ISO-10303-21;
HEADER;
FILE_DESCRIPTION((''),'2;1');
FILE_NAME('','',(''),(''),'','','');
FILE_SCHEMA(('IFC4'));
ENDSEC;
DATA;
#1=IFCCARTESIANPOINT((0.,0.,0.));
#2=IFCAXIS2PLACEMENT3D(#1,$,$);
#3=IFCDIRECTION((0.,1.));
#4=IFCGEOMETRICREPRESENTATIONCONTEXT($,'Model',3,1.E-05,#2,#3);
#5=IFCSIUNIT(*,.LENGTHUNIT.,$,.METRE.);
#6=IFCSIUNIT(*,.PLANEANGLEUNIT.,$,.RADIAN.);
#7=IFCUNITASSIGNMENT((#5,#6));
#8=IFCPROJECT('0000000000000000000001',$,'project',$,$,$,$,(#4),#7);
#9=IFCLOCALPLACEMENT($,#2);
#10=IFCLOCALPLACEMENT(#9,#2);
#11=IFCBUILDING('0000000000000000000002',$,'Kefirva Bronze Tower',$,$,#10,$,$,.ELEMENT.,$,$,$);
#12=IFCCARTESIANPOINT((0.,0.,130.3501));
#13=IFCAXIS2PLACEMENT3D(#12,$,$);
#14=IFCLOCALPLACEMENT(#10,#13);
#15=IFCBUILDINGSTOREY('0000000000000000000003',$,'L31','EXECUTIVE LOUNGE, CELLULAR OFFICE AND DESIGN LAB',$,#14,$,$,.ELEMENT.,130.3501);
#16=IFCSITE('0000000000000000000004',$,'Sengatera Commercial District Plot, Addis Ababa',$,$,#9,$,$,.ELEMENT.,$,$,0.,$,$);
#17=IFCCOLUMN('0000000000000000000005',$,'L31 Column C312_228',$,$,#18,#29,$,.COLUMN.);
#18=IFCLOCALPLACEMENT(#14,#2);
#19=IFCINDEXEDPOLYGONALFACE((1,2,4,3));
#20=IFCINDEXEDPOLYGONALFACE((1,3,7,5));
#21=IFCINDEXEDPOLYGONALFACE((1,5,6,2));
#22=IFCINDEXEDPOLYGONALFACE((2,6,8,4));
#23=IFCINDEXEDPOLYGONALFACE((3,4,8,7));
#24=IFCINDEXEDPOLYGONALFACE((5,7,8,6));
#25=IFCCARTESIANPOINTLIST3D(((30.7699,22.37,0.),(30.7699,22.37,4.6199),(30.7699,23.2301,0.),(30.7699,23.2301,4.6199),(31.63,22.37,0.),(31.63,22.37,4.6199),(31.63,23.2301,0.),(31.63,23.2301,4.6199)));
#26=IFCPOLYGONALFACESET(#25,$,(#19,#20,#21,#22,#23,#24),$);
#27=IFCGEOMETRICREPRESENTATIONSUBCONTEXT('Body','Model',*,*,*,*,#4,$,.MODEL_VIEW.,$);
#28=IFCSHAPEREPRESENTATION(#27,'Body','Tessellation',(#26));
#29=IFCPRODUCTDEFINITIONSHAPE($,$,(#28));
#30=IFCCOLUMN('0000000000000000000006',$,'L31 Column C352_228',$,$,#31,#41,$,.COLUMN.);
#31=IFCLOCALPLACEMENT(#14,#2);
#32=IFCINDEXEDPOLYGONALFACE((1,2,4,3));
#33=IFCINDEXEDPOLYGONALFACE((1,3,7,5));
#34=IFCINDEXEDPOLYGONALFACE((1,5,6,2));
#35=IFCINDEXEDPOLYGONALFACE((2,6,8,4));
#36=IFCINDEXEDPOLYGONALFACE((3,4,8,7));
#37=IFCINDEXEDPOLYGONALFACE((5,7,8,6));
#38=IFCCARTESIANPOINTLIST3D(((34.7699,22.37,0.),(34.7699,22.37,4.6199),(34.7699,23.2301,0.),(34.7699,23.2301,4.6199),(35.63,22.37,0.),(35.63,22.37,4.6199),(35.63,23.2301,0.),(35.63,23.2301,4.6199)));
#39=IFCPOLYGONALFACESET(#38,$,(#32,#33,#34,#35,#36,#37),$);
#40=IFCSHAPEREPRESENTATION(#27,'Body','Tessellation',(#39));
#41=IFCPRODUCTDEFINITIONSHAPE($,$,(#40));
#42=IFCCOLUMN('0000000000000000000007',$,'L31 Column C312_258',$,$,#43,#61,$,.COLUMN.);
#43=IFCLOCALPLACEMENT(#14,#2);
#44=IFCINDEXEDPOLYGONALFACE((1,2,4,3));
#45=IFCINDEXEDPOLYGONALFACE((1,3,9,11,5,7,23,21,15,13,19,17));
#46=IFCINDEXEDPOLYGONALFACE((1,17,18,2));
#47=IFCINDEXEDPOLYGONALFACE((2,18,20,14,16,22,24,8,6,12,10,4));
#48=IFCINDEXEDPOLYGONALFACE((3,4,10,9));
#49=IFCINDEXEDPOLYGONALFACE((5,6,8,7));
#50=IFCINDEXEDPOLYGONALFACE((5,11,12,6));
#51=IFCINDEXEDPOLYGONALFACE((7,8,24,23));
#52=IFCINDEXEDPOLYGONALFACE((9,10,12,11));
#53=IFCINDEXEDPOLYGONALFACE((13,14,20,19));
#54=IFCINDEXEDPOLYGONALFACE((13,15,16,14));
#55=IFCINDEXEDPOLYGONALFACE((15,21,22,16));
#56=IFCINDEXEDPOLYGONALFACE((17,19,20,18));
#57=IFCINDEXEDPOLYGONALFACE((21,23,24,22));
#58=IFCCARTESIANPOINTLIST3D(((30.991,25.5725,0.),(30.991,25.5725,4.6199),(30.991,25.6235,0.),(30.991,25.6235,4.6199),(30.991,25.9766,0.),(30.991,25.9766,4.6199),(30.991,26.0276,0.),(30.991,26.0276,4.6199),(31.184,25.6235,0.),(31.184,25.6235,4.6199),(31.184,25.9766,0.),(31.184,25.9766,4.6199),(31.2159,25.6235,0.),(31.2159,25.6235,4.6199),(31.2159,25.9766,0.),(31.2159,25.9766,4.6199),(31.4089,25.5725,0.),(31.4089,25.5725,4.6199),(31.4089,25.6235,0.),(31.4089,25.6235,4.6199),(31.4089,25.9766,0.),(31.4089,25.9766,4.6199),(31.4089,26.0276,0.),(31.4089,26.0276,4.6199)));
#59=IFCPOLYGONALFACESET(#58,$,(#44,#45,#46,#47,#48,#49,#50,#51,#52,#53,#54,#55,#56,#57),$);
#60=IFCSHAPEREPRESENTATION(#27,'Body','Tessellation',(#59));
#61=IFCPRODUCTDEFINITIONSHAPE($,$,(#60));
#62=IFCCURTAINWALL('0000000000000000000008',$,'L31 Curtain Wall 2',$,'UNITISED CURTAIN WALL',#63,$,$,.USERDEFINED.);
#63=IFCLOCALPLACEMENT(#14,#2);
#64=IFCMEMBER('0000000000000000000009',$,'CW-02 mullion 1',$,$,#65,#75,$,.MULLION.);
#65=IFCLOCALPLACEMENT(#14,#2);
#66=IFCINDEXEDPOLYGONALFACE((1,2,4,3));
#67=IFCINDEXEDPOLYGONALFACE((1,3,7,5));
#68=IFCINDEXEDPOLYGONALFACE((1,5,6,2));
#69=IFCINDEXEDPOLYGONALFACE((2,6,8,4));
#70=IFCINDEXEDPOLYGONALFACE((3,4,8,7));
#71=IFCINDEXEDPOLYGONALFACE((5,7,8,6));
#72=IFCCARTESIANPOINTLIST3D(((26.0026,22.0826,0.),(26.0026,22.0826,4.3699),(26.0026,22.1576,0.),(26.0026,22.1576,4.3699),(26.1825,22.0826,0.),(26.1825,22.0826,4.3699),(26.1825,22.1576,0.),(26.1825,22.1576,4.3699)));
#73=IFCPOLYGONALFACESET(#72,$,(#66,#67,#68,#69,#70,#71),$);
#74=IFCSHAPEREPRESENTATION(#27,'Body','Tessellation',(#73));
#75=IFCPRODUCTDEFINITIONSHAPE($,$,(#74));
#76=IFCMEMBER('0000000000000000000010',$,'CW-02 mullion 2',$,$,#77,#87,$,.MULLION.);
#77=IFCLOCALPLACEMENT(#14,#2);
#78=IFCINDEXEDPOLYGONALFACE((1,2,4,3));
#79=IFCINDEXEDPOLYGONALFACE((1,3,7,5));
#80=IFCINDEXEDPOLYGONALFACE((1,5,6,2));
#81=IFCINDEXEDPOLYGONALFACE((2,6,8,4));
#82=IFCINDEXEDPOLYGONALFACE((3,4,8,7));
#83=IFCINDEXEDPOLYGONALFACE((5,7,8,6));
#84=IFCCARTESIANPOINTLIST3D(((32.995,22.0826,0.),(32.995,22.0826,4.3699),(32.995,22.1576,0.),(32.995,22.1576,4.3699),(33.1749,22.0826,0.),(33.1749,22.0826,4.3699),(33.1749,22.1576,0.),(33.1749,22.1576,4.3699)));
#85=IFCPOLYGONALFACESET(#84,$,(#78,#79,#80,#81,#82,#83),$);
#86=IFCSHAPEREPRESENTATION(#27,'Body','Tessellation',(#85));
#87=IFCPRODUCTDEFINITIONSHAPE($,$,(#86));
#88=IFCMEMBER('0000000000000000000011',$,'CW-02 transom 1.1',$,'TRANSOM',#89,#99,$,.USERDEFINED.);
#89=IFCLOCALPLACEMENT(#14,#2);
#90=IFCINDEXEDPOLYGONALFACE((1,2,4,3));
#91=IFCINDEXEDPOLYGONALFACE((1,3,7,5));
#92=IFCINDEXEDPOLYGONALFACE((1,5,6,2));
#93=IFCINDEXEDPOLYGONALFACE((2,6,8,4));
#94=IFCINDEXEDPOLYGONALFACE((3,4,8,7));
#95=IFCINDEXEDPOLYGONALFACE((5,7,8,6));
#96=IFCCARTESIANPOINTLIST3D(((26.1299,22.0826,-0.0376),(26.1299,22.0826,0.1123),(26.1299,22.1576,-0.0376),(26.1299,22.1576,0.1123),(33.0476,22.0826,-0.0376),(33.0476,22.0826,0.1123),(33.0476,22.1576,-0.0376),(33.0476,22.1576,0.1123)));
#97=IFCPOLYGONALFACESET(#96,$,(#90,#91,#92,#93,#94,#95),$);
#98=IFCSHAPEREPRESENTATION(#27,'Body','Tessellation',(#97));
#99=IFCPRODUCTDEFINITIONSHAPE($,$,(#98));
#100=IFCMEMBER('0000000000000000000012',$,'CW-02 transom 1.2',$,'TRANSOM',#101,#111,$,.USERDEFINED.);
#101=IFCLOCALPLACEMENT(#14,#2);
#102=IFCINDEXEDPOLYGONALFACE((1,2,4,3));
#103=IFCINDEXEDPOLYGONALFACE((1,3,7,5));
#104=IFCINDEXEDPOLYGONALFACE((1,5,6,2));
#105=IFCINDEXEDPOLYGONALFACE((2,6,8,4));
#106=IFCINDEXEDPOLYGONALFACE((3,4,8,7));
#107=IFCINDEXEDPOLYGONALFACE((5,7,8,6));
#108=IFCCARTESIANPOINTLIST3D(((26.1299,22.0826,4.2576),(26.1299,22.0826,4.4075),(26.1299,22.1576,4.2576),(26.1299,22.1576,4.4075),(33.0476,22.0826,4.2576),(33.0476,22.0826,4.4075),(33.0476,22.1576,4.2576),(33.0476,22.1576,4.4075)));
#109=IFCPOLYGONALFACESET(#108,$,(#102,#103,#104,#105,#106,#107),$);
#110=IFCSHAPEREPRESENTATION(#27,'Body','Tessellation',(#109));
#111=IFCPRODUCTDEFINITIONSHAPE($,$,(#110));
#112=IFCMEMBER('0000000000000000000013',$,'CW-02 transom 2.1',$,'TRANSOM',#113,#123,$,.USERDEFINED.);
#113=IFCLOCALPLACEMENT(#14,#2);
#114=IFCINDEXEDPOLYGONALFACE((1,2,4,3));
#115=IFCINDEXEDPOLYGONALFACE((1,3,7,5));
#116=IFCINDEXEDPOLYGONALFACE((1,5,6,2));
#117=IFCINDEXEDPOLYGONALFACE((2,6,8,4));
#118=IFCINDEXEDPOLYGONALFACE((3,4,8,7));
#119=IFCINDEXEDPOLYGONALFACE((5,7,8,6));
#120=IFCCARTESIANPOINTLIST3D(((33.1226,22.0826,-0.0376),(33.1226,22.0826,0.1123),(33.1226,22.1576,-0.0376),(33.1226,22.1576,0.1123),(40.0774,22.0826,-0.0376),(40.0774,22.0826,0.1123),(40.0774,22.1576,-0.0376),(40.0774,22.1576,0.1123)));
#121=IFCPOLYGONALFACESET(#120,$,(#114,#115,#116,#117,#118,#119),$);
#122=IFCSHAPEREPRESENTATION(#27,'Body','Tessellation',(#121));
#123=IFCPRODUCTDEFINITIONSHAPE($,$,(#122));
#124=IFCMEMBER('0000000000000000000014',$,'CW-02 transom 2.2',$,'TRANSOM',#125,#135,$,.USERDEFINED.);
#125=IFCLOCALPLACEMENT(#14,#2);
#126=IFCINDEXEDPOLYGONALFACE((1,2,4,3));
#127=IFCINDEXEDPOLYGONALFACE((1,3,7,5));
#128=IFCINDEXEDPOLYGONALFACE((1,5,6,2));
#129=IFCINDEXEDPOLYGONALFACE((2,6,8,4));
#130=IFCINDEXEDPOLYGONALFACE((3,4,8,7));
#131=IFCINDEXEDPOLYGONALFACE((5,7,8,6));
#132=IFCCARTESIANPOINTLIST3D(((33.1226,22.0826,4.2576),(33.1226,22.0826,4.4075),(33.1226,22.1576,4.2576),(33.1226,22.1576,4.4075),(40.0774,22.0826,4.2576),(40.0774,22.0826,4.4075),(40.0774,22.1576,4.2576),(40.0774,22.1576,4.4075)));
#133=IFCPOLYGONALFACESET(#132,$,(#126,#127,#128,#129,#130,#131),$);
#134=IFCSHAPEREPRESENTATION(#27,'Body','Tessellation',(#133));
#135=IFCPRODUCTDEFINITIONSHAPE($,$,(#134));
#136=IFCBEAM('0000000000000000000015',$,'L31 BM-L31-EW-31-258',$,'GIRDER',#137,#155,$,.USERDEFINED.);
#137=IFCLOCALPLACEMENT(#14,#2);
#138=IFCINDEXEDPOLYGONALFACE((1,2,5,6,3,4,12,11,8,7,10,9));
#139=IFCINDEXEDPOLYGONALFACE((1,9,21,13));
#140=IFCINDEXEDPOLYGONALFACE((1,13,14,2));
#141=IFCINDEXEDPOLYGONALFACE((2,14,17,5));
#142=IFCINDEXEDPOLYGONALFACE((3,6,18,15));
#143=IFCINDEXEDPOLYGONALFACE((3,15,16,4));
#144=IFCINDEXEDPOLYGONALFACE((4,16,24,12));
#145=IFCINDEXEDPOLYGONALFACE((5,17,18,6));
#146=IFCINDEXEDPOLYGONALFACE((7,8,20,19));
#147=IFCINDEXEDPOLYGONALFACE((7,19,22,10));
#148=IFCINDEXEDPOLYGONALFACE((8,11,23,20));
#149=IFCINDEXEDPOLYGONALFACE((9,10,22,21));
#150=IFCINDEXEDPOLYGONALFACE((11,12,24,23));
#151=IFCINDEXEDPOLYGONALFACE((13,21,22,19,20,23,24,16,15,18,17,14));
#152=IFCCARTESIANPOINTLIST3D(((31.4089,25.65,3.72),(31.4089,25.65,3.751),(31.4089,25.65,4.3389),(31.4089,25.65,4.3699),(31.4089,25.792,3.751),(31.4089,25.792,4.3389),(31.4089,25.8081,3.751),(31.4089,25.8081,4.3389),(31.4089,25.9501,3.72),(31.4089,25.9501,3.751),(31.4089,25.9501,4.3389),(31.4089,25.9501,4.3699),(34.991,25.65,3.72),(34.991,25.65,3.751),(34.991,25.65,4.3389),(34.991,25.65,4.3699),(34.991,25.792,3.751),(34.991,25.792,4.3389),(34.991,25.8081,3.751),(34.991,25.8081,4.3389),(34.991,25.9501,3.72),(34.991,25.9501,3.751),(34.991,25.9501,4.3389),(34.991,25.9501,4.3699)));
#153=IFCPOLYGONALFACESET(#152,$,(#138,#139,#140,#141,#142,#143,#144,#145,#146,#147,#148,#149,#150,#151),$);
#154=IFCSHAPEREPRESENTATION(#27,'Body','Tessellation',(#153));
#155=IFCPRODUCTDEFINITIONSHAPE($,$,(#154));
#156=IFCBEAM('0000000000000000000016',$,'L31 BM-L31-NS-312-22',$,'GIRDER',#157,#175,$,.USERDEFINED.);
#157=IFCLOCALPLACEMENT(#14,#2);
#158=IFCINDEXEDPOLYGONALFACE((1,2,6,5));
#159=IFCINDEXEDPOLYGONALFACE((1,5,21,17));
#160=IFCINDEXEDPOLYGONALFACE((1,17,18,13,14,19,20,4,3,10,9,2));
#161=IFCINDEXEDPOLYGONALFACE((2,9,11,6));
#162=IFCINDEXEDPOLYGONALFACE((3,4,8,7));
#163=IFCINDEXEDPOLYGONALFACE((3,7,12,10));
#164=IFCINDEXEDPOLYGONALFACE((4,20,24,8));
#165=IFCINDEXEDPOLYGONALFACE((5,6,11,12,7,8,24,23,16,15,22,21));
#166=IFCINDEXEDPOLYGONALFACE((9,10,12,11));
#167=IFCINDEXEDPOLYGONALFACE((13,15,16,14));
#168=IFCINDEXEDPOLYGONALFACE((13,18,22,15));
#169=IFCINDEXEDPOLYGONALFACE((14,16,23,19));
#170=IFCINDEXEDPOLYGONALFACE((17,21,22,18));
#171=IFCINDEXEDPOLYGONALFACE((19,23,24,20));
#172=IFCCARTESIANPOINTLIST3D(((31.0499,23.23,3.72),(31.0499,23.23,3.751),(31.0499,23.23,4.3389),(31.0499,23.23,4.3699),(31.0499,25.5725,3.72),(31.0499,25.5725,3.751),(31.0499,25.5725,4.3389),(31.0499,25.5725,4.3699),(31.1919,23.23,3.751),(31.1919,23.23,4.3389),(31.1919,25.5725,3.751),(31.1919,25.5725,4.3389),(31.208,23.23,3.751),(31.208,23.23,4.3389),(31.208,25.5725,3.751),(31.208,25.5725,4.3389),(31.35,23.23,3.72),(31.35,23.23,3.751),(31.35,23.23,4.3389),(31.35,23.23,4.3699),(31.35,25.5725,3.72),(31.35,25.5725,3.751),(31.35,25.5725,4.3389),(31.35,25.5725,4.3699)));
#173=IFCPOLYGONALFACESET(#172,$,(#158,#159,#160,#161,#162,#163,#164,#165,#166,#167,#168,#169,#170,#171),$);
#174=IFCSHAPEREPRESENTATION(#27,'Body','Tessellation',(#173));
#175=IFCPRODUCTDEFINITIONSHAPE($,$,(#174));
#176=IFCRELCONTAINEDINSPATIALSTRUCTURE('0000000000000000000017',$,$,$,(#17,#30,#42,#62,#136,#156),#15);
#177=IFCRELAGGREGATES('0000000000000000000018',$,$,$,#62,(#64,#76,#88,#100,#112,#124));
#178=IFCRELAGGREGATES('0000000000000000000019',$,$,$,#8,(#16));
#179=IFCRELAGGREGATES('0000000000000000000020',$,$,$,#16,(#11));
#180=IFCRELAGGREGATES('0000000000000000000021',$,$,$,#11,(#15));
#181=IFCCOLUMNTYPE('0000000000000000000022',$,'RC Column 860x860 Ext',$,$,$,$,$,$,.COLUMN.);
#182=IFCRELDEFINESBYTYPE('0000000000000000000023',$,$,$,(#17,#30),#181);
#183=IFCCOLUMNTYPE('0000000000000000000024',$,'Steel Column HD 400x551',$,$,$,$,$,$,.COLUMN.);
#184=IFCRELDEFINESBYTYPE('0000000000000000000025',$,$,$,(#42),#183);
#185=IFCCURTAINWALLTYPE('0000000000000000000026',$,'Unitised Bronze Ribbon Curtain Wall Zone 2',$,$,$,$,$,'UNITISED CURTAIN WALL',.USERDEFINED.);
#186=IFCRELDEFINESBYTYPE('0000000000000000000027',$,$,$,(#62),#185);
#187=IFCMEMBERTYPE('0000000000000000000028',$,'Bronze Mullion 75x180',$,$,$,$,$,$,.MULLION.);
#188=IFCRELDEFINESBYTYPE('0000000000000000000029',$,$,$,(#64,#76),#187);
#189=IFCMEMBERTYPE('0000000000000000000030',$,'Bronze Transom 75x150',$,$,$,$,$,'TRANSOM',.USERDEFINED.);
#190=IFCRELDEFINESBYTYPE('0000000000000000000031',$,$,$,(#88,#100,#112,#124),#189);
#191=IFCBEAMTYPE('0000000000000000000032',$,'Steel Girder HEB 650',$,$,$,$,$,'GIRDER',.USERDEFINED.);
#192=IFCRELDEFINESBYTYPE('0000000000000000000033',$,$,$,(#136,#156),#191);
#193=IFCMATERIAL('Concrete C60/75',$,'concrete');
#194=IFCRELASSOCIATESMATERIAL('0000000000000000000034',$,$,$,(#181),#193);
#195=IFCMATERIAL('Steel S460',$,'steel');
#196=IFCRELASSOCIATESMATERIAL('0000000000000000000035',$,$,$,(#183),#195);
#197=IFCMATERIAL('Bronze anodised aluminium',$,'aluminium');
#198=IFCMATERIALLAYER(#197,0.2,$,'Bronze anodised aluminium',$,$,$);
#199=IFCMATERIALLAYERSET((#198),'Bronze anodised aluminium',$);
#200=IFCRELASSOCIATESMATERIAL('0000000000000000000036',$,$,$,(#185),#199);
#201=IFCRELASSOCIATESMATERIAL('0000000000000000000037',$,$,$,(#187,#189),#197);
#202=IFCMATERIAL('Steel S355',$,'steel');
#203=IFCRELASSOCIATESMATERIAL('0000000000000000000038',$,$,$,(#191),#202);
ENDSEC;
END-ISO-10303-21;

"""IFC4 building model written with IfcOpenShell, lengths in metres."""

from ifc_helpers import new_model, si_unit, direction, frame, origin, origin_2d, place, context, subcontext, project, spatial, rectangle, i_section, extrude, material, layer, layer_set, material_profile, profile_set, type_object, element, aggregate, save


model = new_model("IFC4")

# Units and contexts
model_context = context("Model", 3, precision=1e-05, world=origin(), true_north=direction((0.0, 1.0)))
body_context = subcontext(model_context, "Body", "Model", "MODEL_VIEW")
ifc_project = project(units=[si_unit("LENGTHUNIT", "METRE"), si_unit("PLANEANGLEUNIT", "RADIAN")], contexts=[model_context])

# Site, building, storey
site_placement = place(None, origin())
site = spatial("IfcSite", under=ifc_project, at=site_placement, Name="Sengatera Commercial District Plot, Addis Ababa", CompositionType="ELEMENT", RefElevation=0.0)
building_placement = place(site_placement, origin())
building = spatial("IfcBuilding", under=site, at=building_placement, Name="Kefirva Bronze Tower", CompositionType="ELEMENT")
storey_placement = place(building_placement, frame((0.0, 0.0, 130.3501)))
storey = spatial("IfcBuildingStorey", under=building, at=storey_placement, Name="L31", Description="EXECUTIVE LOUNGE, CELLULAR OFFICE AND DESIGN LAB", CompositionType="ELEMENT", Elevation=130.3501)

# Columns
ifc_material_1 = material(Name="Concrete C60/75", Category="concrete")
ifc_material_profile_1 = material_profile(ifc_material_1, rectangle(XDim=0.8601, YDim=0.8601, at=origin_2d()), Name="RC 860x860")
ifc_profile_set_1 = profile_set([ifc_material_profile_1], Name="Concrete C60/75")
column_type_1 = type_object("IfcColumnType", Name="RC Column 860x860 Ext", PredefinedType="COLUMN", material=ifc_profile_set_1)
for number, where, z_axis, x_axis, name in (
    (1, (31.2, 22.8, 0.0), (0.0, 0.0, 1.0), (1.0, 0.0, 0.0), "L31 Column C312_228"),
    (2, (35.2, 22.8, 0.0), (0.0, 0.0, 1.0), (1.0, 0.0, 0.0), "L31 Column C352_228"),
):
    element("IfcColumn", number, at=place(storey_placement, frame(where, z_axis=z_axis, x_axis=x_axis)), inside=storey, type_object=column_type_1, Name=name, PredefinedType="COLUMN", context=body_context, shape_type="SweptSolid", body=[
        extrude(rectangle(XDim=0.8601, YDim=0.8601, at=origin_2d()), origin(), (0.0, 0.0, 1.0), 4.6199),
    ])
ifc_material_2 = material(Name="Steel S460", Category="steel")
ifc_material_profile_2 = material_profile(ifc_material_2, i_section(OverallWidth=0.418, OverallDepth=0.4551, WebThickness=0.032, FlangeThickness=0.051, at=origin_2d()), Name="HD 400x551")
ifc_profile_set_2 = profile_set([ifc_material_profile_2], Name="Steel S460")
column_type_2 = type_object("IfcColumnType", Name="Steel Column HD 400x551", PredefinedType="COLUMN", material=ifc_profile_set_2)
column_placement = place(storey_placement, frame((31.2, 25.8, 0.0), z_axis=(0.0, 0.0, 1.0), x_axis=(1.0, 0.0, 0.0)))
element("IfcColumn", 3, at=column_placement, inside=storey, type_object=column_type_2, Name="L31 Column C312_258", PredefinedType="COLUMN", context=body_context, shape_type="SweptSolid", body=[
    extrude(i_section(OverallWidth=0.418, OverallDepth=0.4551, WebThickness=0.032, FlangeThickness=0.051, at=origin_2d()), origin(), (0.0, 0.0, 1.0), 4.6199),
])

# Curtain wall, members
ifc_material_3 = material(Name="Bronze anodised aluminium", Category="aluminium")
ifc_layer_1 = layer(ifc_material_3, 0.2, Name="Bronze anodised aluminium")
ifc_layer_set_1 = layer_set([ifc_layer_1], Name="Bronze anodised aluminium")
curtain_wall_type = type_object("IfcCurtainWallType", Name="Unitised Bronze Ribbon Curtain Wall Zone 2", ElementType="UNITISED CURTAIN WALL", PredefinedType="USERDEFINED", material=ifc_layer_set_1)
curtain_wall_placement = place(storey_placement, origin())
curtain_wall = element("IfcCurtainWall", 4, at=curtain_wall_placement, inside=storey, type_object=curtain_wall_type, Name="L31 Curtain Wall 2", ObjectType="UNITISED CURTAIN WALL", PredefinedType="USERDEFINED")
ifc_material_profile_3 = material_profile(ifc_material_3, rectangle(XDim=0.075, YDim=0.1799, at=origin_2d()), Name="ALU 75x180")
ifc_profile_set_3 = profile_set([ifc_material_profile_3], Name="Bronze anodised aluminium")
member_type_1 = type_object("IfcMemberType", Name="Bronze Mullion 75x180", PredefinedType="MULLION", material=ifc_profile_set_3)
member_1_placement = place(storey_placement, frame((26.0925, 22.1201, 0.0), z_axis=(0.0, 0.0, 1.0), x_axis=(0.0, 1.0, 0.0)))
member_1 = element("IfcMember", 5, at=member_1_placement, type_object=member_type_1, Name="CW-02 mullion 1", PredefinedType="MULLION", context=body_context, shape_type="SweptSolid", body=[
    extrude(rectangle(XDim=0.075, YDim=0.1799, at=origin_2d()), origin(), (0.0, 0.0, 1.0), 4.3699),
])
member_2_placement = place(storey_placement, frame((33.085, 22.1201, 0.0), z_axis=(0.0, 0.0, 1.0), x_axis=(0.0, 1.0, 0.0)))
member_2 = element("IfcMember", 6, at=member_2_placement, type_object=member_type_1, Name="CW-02 mullion 2", PredefinedType="MULLION", context=body_context, shape_type="SweptSolid", body=[
    extrude(rectangle(XDim=0.075, YDim=0.1799, at=origin_2d()), origin(), (0.0, 0.0, 1.0), 4.3699),
])
ifc_material_profile_4 = material_profile(ifc_material_3, rectangle(XDim=0.075, YDim=0.1499, at=origin_2d()), Name="ALU 75x150")
ifc_profile_set_4 = profile_set([ifc_material_profile_4], Name="Bronze anodised aluminium")
member_type_2 = type_object("IfcMemberType", Name="Bronze Transom 75x150", ElementType="TRANSOM", PredefinedType="USERDEFINED", material=ifc_profile_set_4)
member_3_placement = place(storey_placement, frame((26.1299, 22.1201, 0.0374), z_axis=(1.0, 0.0, 0.0), x_axis=(0.0, 1.0, 0.0)))
member_3 = element("IfcMember", 7, at=member_3_placement, type_object=member_type_2, Name="CW-02 transom 1.1", ObjectType="TRANSOM", PredefinedType="USERDEFINED", context=body_context, shape_type="SweptSolid", body=[
    extrude(rectangle(XDim=0.075, YDim=0.1499, at=origin_2d()), origin(), (0.0, 0.0, 1.0), 6.9177),
])
member_4_placement = place(storey_placement, frame((26.1299, 22.1201, 4.3325), z_axis=(1.0, 0.0, 0.0), x_axis=(0.0, 1.0, 0.0)))
member_4 = element("IfcMember", 8, at=member_4_placement, type_object=member_type_2, Name="CW-02 transom 1.2", ObjectType="TRANSOM", PredefinedType="USERDEFINED", context=body_context, shape_type="SweptSolid", body=[
    extrude(rectangle(XDim=0.075, YDim=0.1499, at=origin_2d()), origin(), (0.0, 0.0, 1.0), 6.9177),
])
member_5_placement = place(storey_placement, frame((33.1226, 22.1201, 0.0374), z_axis=(1.0, 0.0, 0.0), x_axis=(0.0, 1.0, 0.0)))
member_5 = element("IfcMember", 9, at=member_5_placement, type_object=member_type_2, Name="CW-02 transom 2.1", ObjectType="TRANSOM", PredefinedType="USERDEFINED", context=body_context, shape_type="SweptSolid", body=[
    extrude(rectangle(XDim=0.075, YDim=0.1499, at=origin_2d()), origin(), (0.0, 0.0, 1.0), 6.9548),
])
member_6_placement = place(storey_placement, frame((33.1226, 22.1201, 4.3325), z_axis=(1.0, 0.0, 0.0), x_axis=(0.0, 1.0, 0.0)))
member_6 = element("IfcMember", 10, at=member_6_placement, type_object=member_type_2, Name="CW-02 transom 2.2", ObjectType="TRANSOM", PredefinedType="USERDEFINED", context=body_context, shape_type="SweptSolid", body=[
    extrude(rectangle(XDim=0.075, YDim=0.1499, at=origin_2d()), origin(), (0.0, 0.0, 1.0), 6.9548),
])

# Beams
ifc_material_4 = material(Name="Steel S355", Category="steel")
ifc_material_profile_5 = material_profile(ifc_material_4, i_section(OverallWidth=0.3, OverallDepth=0.6499, WebThickness=0.0161, FlangeThickness=0.031, at=origin_2d()), Name="HEB 650")
ifc_profile_set_5 = profile_set([ifc_material_profile_5], Name="Steel S355")
beam_type_1 = type_object("IfcBeamType", Name="Steel Girder HEB 650", ElementType="GIRDER", PredefinedType="USERDEFINED", material=ifc_profile_set_5)
beam_1_placement = place(storey_placement, frame((31.4089, 25.8, 4.0449), z_axis=(1.0, 0.0, 0.0), x_axis=(0.0, 1.0, 0.0)))
element("IfcBeam", 11, at=beam_1_placement, inside=storey, type_object=beam_type_1, Name="L31 BM-L31-EW-31-258", ObjectType="GIRDER", PredefinedType="USERDEFINED", context=body_context, shape_type="SweptSolid", body=[
    extrude(i_section(OverallWidth=0.3, OverallDepth=0.6499, WebThickness=0.0161, FlangeThickness=0.031, at=origin_2d()), origin(), (0.0, 0.0, 1.0), 3.582),
])
for number, where, z_axis, x_axis, name in (
    (12, (31.2, 23.23, 4.0449), (0.0, 1.0, 0.0), (-1.0, 0.0, 0.0), "L31 BM-L31-NS-312-22"),
):
    element("IfcBeam", number, at=place(storey_placement, frame(where, z_axis=z_axis, x_axis=x_axis)), inside=storey, type_object=beam_type_1, Name=name, ObjectType="GIRDER", PredefinedType="USERDEFINED", context=body_context, shape_type="SweptSolid", body=[
        extrude(i_section(OverallWidth=0.3, OverallDepth=0.6499, WebThickness=0.0161, FlangeThickness=0.031, at=origin_2d()), origin(), (0.0, 0.0, 1.0), 2.3425),
    ])

aggregate(curtain_wall, [member_1, member_2, member_3, member_4, member_5, member_6])

save(model, "model.ifc")
